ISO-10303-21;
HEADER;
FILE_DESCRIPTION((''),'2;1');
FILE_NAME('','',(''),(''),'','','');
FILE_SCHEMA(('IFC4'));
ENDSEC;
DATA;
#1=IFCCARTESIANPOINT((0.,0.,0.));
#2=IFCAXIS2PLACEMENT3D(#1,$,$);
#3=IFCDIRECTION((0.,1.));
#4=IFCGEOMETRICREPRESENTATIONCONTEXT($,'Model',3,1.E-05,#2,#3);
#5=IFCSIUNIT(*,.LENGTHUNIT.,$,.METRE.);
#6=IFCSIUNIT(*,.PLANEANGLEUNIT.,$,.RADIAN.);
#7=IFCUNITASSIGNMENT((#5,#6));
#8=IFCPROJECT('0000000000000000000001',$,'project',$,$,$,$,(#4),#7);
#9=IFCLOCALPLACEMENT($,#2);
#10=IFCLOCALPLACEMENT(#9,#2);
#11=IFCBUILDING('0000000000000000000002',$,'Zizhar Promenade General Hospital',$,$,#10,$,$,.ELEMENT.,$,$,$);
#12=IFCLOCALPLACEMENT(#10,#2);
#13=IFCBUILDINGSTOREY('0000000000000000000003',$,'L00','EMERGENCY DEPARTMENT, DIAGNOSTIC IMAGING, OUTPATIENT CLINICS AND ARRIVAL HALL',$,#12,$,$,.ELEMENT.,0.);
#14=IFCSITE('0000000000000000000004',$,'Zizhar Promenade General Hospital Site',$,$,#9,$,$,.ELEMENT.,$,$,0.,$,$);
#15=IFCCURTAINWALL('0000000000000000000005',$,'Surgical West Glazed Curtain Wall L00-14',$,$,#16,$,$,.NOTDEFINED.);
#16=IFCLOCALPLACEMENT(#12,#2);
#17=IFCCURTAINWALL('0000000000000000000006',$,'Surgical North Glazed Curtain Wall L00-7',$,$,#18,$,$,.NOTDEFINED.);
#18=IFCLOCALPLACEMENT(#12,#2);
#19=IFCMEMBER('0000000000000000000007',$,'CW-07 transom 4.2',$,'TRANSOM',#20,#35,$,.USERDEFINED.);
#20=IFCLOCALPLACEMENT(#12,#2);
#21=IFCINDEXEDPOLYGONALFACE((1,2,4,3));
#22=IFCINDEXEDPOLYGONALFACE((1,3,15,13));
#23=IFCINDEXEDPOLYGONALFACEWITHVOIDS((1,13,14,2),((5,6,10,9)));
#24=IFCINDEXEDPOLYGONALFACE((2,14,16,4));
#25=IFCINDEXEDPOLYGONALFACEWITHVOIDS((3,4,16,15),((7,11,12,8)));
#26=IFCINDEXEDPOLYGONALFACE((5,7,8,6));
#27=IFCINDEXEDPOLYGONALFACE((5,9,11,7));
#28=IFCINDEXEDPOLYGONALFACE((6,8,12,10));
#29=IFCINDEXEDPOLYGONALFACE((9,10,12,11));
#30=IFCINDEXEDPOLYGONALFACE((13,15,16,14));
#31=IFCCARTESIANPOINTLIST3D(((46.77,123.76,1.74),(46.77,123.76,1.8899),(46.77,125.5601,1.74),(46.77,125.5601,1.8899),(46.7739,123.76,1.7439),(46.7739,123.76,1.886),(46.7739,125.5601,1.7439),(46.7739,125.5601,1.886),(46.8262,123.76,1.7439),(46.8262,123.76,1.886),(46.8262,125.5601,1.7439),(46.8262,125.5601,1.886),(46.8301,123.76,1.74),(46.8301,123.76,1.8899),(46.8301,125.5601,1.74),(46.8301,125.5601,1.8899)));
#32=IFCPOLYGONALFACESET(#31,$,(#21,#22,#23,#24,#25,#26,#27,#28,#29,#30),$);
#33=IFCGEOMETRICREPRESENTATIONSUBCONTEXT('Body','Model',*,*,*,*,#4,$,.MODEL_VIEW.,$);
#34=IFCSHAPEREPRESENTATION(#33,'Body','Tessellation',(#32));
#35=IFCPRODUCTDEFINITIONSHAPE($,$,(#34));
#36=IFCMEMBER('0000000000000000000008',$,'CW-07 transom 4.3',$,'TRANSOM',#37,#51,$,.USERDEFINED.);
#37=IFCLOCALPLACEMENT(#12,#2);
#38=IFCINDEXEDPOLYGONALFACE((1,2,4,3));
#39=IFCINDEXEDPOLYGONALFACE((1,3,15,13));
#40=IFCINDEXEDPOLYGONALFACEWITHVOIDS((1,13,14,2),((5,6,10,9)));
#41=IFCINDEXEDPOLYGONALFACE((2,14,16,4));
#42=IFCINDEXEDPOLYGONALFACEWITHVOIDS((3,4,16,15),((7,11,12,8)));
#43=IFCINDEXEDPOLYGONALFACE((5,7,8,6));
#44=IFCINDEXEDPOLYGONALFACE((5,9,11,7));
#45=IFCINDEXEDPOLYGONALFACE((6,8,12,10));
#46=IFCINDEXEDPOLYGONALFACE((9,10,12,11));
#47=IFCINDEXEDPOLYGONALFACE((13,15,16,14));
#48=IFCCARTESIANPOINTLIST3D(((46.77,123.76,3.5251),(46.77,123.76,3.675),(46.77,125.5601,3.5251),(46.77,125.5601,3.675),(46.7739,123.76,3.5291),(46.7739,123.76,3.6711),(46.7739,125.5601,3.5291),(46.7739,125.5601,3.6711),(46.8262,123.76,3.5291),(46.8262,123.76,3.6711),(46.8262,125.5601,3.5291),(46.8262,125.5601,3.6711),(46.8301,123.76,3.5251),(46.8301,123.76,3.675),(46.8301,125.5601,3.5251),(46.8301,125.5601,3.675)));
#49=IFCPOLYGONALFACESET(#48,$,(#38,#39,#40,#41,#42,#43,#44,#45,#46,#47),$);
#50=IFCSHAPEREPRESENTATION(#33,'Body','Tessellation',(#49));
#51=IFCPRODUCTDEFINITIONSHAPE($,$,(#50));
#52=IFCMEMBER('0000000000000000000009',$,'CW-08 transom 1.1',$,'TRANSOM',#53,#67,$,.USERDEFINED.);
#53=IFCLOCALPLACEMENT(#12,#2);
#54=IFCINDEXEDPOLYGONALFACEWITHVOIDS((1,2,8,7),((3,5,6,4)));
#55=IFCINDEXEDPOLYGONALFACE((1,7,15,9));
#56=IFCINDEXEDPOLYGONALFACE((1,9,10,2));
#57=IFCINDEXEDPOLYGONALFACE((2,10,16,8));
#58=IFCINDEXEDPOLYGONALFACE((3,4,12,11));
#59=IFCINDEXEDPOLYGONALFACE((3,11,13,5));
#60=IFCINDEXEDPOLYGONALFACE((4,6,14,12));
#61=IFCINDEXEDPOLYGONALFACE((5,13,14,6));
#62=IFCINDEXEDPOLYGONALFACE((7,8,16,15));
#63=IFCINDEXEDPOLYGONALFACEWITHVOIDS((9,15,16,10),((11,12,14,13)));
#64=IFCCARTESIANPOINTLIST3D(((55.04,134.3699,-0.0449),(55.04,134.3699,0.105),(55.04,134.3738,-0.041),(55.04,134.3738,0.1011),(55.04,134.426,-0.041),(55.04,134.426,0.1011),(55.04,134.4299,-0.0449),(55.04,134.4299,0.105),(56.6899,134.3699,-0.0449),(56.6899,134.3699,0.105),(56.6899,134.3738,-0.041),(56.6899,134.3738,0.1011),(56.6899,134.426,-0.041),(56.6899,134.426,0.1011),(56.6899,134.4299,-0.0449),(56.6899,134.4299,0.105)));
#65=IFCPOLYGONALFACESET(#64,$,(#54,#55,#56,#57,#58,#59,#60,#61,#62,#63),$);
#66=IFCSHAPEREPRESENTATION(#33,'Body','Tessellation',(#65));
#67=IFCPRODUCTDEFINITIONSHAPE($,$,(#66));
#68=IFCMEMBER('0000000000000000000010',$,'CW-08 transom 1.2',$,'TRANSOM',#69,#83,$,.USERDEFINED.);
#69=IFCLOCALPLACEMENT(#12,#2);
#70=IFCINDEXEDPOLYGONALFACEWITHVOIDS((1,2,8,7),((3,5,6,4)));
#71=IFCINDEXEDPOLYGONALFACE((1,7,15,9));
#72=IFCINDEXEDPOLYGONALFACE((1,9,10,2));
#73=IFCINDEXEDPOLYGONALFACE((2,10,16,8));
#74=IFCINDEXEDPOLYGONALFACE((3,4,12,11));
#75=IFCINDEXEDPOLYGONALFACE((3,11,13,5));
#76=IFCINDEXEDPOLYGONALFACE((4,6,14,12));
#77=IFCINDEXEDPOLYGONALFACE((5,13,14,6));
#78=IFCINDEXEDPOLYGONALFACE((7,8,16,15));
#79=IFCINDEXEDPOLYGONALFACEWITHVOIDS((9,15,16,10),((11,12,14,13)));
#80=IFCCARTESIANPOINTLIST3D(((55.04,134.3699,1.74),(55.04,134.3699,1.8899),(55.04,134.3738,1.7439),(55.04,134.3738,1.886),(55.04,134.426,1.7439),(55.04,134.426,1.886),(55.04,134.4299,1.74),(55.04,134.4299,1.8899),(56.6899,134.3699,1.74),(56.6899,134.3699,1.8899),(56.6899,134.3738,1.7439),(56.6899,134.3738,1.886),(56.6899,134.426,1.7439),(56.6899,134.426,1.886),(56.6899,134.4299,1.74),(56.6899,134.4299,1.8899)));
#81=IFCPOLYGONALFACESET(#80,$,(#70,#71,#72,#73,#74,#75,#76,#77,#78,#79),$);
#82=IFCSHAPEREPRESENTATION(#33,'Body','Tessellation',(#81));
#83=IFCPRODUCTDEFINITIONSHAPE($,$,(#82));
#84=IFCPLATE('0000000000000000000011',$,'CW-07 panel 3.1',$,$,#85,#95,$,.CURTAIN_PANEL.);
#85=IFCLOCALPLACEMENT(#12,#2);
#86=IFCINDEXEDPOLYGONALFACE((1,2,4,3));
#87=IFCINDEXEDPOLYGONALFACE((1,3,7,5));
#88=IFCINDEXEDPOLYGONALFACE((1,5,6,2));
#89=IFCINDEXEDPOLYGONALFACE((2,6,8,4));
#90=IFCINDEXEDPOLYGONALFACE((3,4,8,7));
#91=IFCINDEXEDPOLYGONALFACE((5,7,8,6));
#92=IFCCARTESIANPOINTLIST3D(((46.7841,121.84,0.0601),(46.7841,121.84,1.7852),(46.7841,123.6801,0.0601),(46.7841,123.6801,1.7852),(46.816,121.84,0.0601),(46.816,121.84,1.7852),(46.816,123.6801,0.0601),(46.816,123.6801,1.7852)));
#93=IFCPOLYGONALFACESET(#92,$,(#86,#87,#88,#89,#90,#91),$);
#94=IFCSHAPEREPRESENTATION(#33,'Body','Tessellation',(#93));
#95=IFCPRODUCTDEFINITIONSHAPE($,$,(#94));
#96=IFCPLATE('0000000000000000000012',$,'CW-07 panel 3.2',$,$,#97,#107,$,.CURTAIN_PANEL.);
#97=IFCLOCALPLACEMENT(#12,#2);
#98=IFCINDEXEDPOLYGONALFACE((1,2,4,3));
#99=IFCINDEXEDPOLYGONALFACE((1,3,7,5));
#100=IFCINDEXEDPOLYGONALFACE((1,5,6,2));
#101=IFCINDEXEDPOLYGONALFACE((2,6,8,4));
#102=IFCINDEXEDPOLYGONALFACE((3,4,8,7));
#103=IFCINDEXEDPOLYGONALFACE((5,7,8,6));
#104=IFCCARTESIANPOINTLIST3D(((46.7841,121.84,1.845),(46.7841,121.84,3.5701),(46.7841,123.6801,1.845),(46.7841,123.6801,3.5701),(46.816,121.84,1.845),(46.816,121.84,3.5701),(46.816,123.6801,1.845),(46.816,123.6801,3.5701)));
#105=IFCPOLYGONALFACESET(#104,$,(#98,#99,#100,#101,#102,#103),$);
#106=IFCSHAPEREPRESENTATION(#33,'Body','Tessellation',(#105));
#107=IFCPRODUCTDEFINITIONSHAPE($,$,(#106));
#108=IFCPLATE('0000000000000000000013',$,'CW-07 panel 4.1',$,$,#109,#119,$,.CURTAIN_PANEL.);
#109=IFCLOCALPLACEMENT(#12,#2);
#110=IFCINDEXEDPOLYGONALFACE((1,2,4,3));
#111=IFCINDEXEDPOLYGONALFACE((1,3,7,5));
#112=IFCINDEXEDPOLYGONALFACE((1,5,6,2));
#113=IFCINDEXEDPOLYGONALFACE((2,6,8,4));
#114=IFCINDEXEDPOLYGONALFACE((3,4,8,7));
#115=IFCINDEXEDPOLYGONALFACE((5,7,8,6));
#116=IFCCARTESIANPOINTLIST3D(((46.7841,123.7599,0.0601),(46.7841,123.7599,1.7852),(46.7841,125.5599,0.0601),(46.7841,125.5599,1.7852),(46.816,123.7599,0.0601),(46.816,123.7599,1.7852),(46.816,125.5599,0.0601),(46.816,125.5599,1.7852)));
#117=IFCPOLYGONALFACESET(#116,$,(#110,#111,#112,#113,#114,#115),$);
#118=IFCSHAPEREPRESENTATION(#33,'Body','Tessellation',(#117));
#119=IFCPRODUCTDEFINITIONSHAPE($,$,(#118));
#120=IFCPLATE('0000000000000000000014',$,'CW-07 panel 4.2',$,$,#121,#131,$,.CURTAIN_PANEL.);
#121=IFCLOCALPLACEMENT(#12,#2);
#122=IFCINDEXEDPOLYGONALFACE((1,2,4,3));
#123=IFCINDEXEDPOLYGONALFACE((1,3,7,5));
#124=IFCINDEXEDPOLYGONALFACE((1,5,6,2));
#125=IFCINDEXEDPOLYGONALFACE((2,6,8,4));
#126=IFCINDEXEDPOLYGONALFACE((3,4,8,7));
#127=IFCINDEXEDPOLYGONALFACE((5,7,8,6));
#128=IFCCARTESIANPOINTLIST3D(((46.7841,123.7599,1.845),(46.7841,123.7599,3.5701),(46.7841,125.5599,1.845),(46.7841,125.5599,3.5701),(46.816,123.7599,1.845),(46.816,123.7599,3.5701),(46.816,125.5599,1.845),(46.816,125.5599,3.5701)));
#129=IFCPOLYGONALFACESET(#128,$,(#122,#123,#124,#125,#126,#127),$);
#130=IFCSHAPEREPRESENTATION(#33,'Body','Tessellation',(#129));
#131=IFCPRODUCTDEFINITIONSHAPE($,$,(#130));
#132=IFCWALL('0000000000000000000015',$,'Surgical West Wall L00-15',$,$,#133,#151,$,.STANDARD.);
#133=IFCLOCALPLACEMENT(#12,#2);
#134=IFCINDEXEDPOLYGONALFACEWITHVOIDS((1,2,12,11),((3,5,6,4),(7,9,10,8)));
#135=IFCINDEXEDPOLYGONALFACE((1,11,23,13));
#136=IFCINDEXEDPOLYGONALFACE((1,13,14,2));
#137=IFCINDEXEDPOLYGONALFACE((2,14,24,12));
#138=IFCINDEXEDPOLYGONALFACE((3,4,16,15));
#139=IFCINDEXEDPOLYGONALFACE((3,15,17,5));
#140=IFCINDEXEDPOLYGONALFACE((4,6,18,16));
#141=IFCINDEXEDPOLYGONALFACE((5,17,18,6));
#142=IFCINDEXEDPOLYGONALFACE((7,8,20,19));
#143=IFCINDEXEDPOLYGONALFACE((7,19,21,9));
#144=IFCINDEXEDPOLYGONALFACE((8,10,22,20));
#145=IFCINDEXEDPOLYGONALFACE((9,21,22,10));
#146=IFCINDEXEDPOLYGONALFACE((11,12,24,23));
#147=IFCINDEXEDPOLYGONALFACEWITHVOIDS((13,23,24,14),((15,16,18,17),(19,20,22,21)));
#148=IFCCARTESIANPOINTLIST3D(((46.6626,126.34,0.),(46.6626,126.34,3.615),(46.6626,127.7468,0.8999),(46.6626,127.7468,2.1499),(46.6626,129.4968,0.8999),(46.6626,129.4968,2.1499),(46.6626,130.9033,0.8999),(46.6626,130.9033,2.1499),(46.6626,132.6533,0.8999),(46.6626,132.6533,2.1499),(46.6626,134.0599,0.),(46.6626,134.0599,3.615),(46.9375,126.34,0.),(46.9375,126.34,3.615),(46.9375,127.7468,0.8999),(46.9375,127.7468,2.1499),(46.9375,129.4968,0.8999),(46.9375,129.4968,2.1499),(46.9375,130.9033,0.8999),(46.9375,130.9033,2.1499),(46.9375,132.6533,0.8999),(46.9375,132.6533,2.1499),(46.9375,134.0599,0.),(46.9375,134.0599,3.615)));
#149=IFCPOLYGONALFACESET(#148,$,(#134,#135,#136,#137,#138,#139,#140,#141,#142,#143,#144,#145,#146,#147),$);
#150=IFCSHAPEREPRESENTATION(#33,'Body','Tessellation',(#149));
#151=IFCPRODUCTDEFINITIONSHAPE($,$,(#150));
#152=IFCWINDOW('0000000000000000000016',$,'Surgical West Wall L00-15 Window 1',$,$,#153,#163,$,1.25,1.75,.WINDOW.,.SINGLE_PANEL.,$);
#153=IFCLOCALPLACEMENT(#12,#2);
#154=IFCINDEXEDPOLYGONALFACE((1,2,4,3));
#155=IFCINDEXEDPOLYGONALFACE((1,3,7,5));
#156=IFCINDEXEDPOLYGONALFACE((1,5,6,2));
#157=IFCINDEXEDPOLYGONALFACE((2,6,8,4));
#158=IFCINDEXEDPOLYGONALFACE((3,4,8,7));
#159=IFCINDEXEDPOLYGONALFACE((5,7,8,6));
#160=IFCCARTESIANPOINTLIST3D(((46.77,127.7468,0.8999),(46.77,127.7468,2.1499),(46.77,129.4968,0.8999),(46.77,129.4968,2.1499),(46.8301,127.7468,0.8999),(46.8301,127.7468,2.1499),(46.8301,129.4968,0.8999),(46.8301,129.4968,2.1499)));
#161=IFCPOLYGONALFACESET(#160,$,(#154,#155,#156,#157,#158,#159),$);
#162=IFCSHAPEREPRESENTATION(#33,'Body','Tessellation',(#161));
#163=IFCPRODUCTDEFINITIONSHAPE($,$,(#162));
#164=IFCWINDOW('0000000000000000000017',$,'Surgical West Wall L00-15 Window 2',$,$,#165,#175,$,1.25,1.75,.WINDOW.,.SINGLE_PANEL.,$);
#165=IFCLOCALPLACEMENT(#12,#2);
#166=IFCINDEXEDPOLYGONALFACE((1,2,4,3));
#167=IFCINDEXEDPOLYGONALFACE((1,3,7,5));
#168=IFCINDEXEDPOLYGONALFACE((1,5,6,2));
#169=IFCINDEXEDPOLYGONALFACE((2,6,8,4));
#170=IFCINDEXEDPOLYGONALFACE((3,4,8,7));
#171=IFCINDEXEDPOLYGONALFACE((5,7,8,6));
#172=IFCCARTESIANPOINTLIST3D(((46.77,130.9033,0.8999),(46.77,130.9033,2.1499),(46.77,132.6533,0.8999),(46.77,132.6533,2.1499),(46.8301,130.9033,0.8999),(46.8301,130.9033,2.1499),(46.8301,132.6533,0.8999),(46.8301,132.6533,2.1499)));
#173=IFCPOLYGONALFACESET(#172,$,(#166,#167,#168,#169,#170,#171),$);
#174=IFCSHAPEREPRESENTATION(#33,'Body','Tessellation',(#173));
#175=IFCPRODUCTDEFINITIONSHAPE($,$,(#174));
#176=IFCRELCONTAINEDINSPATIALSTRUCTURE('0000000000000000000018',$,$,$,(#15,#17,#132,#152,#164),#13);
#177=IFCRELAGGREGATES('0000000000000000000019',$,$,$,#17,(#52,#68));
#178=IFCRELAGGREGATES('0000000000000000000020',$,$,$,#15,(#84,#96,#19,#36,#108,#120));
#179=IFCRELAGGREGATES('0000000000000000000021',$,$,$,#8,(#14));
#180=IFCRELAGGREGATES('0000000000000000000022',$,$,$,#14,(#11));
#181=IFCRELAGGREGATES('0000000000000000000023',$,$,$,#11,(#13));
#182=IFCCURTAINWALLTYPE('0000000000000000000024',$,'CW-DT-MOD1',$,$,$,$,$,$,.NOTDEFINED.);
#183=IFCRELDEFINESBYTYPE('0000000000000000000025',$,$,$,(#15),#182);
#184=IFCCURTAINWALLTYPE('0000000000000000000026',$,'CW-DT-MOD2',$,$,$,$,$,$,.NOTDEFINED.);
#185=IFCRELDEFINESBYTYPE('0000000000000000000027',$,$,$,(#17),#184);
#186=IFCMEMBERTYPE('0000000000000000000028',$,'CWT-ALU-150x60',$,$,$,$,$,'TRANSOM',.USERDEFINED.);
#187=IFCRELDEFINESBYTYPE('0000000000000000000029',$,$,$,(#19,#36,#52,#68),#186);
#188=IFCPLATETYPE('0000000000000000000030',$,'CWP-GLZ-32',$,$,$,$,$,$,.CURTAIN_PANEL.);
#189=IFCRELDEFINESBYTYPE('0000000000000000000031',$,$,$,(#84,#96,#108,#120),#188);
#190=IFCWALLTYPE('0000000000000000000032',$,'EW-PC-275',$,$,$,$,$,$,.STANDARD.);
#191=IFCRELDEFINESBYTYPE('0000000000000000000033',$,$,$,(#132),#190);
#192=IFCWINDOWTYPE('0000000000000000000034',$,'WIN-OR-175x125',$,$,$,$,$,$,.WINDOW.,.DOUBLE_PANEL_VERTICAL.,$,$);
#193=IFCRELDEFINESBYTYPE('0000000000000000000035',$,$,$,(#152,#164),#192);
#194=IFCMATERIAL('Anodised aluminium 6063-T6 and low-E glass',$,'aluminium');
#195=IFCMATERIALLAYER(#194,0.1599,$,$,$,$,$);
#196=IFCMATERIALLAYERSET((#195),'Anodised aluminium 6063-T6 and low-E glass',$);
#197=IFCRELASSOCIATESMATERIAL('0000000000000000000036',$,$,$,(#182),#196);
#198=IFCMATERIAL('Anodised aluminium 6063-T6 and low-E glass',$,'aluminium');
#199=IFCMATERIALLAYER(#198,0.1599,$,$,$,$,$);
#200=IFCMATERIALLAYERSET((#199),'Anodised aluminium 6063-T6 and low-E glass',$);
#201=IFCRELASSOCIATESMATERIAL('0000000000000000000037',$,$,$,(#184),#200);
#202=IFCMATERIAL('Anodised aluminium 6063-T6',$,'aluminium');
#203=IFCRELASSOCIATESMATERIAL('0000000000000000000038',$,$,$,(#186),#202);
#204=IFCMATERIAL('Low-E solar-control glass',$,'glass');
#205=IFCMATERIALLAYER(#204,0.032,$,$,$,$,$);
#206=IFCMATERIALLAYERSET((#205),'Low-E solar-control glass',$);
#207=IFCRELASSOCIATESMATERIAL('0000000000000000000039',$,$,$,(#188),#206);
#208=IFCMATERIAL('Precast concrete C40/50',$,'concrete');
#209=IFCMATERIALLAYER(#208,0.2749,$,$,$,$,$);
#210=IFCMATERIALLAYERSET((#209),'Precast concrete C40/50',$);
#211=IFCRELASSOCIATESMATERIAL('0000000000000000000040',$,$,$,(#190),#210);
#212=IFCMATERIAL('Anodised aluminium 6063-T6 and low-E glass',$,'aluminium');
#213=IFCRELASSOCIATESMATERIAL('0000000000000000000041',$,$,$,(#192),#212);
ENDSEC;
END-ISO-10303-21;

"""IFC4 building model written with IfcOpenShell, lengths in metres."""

from ifc_helpers import new_model, si_unit, direction, frame, frame_2d, origin, origin_2d, place, context, subcontext, project, spatial, rectangle, hollow_rectangle, extrude, material, layer, layer_set, material_profile, profile_set, type_object, element, fill, aggregate, save


model = new_model("IFC4")

# Units and contexts
model_context = context("Model", 3, precision=1e-05, world=origin(), true_north=direction((0.0, 1.0)))
body_context = subcontext(model_context, "Body", "Model", "MODEL_VIEW")
ifc_project = project(units=[si_unit("LENGTHUNIT", "METRE"), si_unit("PLANEANGLEUNIT", "RADIAN")], contexts=[model_context])

# Site, building, storey
site_placement = place(None, origin())
site = spatial("IfcSite", under=ifc_project, at=site_placement, Name="Zizhar Promenade General Hospital Site", CompositionType="ELEMENT", RefElevation=0.0)
building_placement = place(site_placement, origin())
building = spatial("IfcBuilding", under=site, at=building_placement, Name="Zizhar Promenade General Hospital", CompositionType="ELEMENT")
storey_placement = place(building_placement, origin())
storey = spatial("IfcBuildingStorey", under=building, at=storey_placement, Name="L00", Description="EMERGENCY DEPARTMENT, DIAGNOSTIC IMAGING, OUTPATIENT CLINICS AND ARRIVAL HALL", CompositionType="ELEMENT", Elevation=0.0)

# Curtain wall
ifc_material_1 = material(Name="Anodised aluminium 6063-T6 and low-E glass", Category="aluminium")
ifc_layer_1 = layer(ifc_material_1, 0.1599)
ifc_layer_set_1 = layer_set([ifc_layer_1], Name="Anodised aluminium 6063-T6 and low-E glass")
curtain_wall_type_1 = type_object("IfcCurtainWallType", Name="CW-DT-MOD1", PredefinedType="NOTDEFINED", material=ifc_layer_set_1)
curtain_wall_1_placement = place(storey_placement, origin())
curtain_wall_1 = element("IfcCurtainWall", 1, at=curtain_wall_1_placement, inside=storey, type_object=curtain_wall_type_1, Name="Surgical West Glazed Curtain Wall L00-14", PredefinedType="NOTDEFINED")

# Curtain wall
ifc_material_2 = material(Name="Anodised aluminium 6063-T6 and low-E glass", Category="aluminium")
ifc_layer_2 = layer(ifc_material_2, 0.1599)
ifc_layer_set_2 = layer_set([ifc_layer_2], Name="Anodised aluminium 6063-T6 and low-E glass")
curtain_wall_type_2 = type_object("IfcCurtainWallType", Name="CW-DT-MOD2", PredefinedType="NOTDEFINED", material=ifc_layer_set_2)
curtain_wall_2_placement = place(storey_placement, origin())
curtain_wall_2 = element("IfcCurtainWall", 2, at=curtain_wall_2_placement, inside=storey, type_object=curtain_wall_type_2, Name="Surgical North Glazed Curtain Wall L00-7", PredefinedType="NOTDEFINED")

# Members
ifc_material_3 = material(Name="Anodised aluminium 6063-T6", Category="aluminium")
ifc_material_profile_1 = material_profile(ifc_material_3, hollow_rectangle(XDim=0.0601, YDim=0.1499, WallThickness=0.0039, at=origin_2d()))
ifc_profile_set_1 = profile_set([ifc_material_profile_1], Name="Anodised aluminium 6063-T6")
member_type_1 = type_object("IfcMemberType", Name="CWT-ALU-150x60", ElementType="TRANSOM", PredefinedType="USERDEFINED", material=ifc_profile_set_1)
member_1_placement = place(storey_placement, frame((46.8, 123.76, 1.8149), z_axis=(0.0, 1.0, 0.0), x_axis=(-1.0, 0.0, 0.0)))
member_1 = element("IfcMember", 3, at=member_1_placement, type_object=member_type_1, Name="CW-07 transom 4.2", ObjectType="TRANSOM", PredefinedType="USERDEFINED", context=body_context, shape_type="SweptSolid", body=[
    extrude(hollow_rectangle(XDim=0.0601, YDim=0.1499, WallThickness=0.0039, at=origin_2d()), origin(), (0.0, 0.0, 1.0), 1.8),
])
member_2_placement = place(storey_placement, frame((46.8, 123.76, 3.6001), z_axis=(0.0, 1.0, 0.0), x_axis=(-1.0, 0.0, 0.0)))
member_2 = element("IfcMember", 4, at=member_2_placement, type_object=member_type_1, Name="CW-07 transom 4.3", ObjectType="TRANSOM", PredefinedType="USERDEFINED", context=body_context, shape_type="SweptSolid", body=[
    extrude(hollow_rectangle(XDim=0.0601, YDim=0.1499, WallThickness=0.0039, at=origin_2d()), origin(), (0.0, 0.0, 1.0), 1.8),
])
member_3_placement = place(storey_placement, frame((55.04, 134.3999, 0.03), z_axis=(1.0, 0.0, 0.0), x_axis=(0.0, 1.0, 0.0)))
member_3 = element("IfcMember", 5, at=member_3_placement, type_object=member_type_1, Name="CW-08 transom 1.1", ObjectType="TRANSOM", PredefinedType="USERDEFINED", context=body_context, shape_type="SweptSolid", body=[
    extrude(hollow_rectangle(XDim=0.0601, YDim=0.1499, WallThickness=0.0039, at=origin_2d()), origin(), (0.0, 0.0, 1.0), 1.6499),
])
member_4_placement = place(storey_placement, frame((55.04, 134.3999, 1.8149), z_axis=(1.0, 0.0, 0.0), x_axis=(0.0, 1.0, 0.0)))
member_4 = element("IfcMember", 6, at=member_4_placement, type_object=member_type_1, Name="CW-08 transom 1.2", ObjectType="TRANSOM", PredefinedType="USERDEFINED", context=body_context, shape_type="SweptSolid", body=[
    extrude(hollow_rectangle(XDim=0.0601, YDim=0.1499, WallThickness=0.0039, at=origin_2d()), origin(), (0.0, 0.0, 1.0), 1.6499),
])
aggregate(curtain_wall_2, [member_3, member_4])

# Plates
ifc_material_4 = material(Name="Low-E solar-control glass", Category="glass")
ifc_layer_3 = layer(ifc_material_4, 0.032)
ifc_layer_set_3 = layer_set([ifc_layer_3], Name="Low-E solar-control glass")
plate_type = type_object("IfcPlateType", Name="CWP-GLZ-32", PredefinedType="CURTAIN_PANEL", material=ifc_layer_set_3)
plate_1_placement = place(storey_placement, frame((46.8, 122.76, 0.0601), z_axis=(0.0, 0.0, 1.0), x_axis=(0.0, 1.0, 0.0)))
plate_1 = element("IfcPlate", 7, at=plate_1_placement, type_object=plate_type, Name="CW-07 panel 3.1", PredefinedType="CURTAIN_PANEL", context=body_context, shape_type="SweptSolid", body=[
    extrude(rectangle(XDim=1.8401, YDim=0.032, at=origin_2d()), origin(), (0.0, 0.0, 1.0), 1.7251),
])
plate_2_placement = place(storey_placement, frame((46.8, 122.76, 1.845), z_axis=(0.0, 0.0, 1.0), x_axis=(0.0, 1.0, 0.0)))
plate_2 = element("IfcPlate", 8, at=plate_2_placement, type_object=plate_type, Name="CW-07 panel 3.2", PredefinedType="CURTAIN_PANEL", context=body_context, shape_type="SweptSolid", body=[
    extrude(rectangle(XDim=1.8401, YDim=0.032, at=origin_2d()), origin(), (0.0, 0.0, 1.0), 1.7251),
])
plate_3_placement = place(storey_placement, frame((46.8, 124.6599, 0.0601), z_axis=(0.0, 0.0, 1.0), x_axis=(0.0, 1.0, 0.0)))
plate_3 = element("IfcPlate", 9, at=plate_3_placement, type_object=plate_type, Name="CW-07 panel 4.1", PredefinedType="CURTAIN_PANEL", context=body_context, shape_type="SweptSolid", body=[
    extrude(rectangle(XDim=1.8, YDim=0.032, at=origin_2d()), origin(), (0.0, 0.0, 1.0), 1.7251),
])
plate_4_placement = place(storey_placement, frame((46.8, 124.6599, 1.845), z_axis=(0.0, 0.0, 1.0), x_axis=(0.0, 1.0, 0.0)))
plate_4 = element("IfcPlate", 10, at=plate_4_placement, type_object=plate_type, Name="CW-07 panel 4.2", PredefinedType="CURTAIN_PANEL", context=body_context, shape_type="SweptSolid", body=[
    extrude(rectangle(XDim=1.8, YDim=0.032, at=origin_2d()), origin(), (0.0, 0.0, 1.0), 1.7251),
])
aggregate(curtain_wall_1, [plate_1, plate_2, member_1, member_2, plate_3, plate_4])

# Wall, openings, windows
ifc_material_5 = material(Name="Precast concrete C40/50", Category="concrete")
ifc_layer_4 = layer(ifc_material_5, 0.2749)
ifc_layer_set_4 = layer_set([ifc_layer_4], Name="Precast concrete C40/50")
wall_type = type_object("IfcWallType", Name="EW-PC-275", PredefinedType="STANDARD", material=ifc_layer_set_4)
wall_1_placement = place(storey_placement, frame((46.8, 126.3401, 0.0), z_axis=(0.0, 0.0, 1.0), x_axis=(0.0, 1.0, 0.0)))
wall_1 = element("IfcWall", 11, at=wall_1_placement, inside=storey, type_object=wall_type, Name="Surgical West Wall L00-15", PredefinedType="STANDARD", context=body_context, shape_type="SweptSolid", body=[
    extrude(rectangle(XDim=7.72, YDim=0.2749, at=frame_2d((3.8599, 0.0))), origin(), (0.0, 0.0, 1.0), 3.615),
])
opening_1_placement = place(wall_1_placement, frame((1.4067, 0.0, 0.8999)))
opening_1 = element("IfcOpeningElement", 12, at=opening_1_placement, cuts=wall_1, PredefinedType="OPENING", context=body_context, shape_type="SweptSolid", body=[
    extrude(rectangle(XDim=1.75, YDim=1.25, at=frame_2d((0.875, 0.625))), frame((0.0, 0.1475, 0.0), z_axis=(0.0, -1.0, 0.0), x_axis=(1.0, 0.0, 0.0)), (0.0, 0.0, 1.0), 0.2949),
])
opening_2_placement = place(wall_1_placement, frame((4.5632, 0.0, 0.8999)))
opening_2 = element("IfcOpeningElement", 13, at=opening_2_placement, cuts=wall_1, PredefinedType="OPENING", context=body_context, shape_type="SweptSolid", body=[
    extrude(rectangle(XDim=1.75, YDim=1.25, at=frame_2d((0.875, 0.625))), frame((0.0, 0.1475, 0.0), z_axis=(0.0, -1.0, 0.0), x_axis=(1.0, 0.0, 0.0)), (0.0, 0.0, 1.0), 0.2949),
])
ifc_material_6 = material(Name="Anodised aluminium 6063-T6 and low-E glass", Category="aluminium")
window_type = type_object("IfcWindowType", Name="WIN-OR-175x125", PartitioningType="DOUBLE_PANEL_VERTICAL", PredefinedType="WINDOW", material=ifc_material_6)
window_1_placement = place(opening_1_placement, origin())
window_1 = element("IfcWindow", 14, at=window_1_placement, inside=storey, type_object=window_type, Name="Surgical West Wall L00-15 Window 1", OverallHeight=1.25, OverallWidth=1.75, PartitioningType="SINGLE_PANEL", PredefinedType="WINDOW", context=body_context, shape_type="SweptSolid", body=[
    extrude(rectangle(XDim=1.75, YDim=1.25, at=frame_2d((0.875, 0.625))), frame((0.0, 0.03, 0.0), z_axis=(0.0, -1.0, 0.0), x_axis=(1.0, 0.0, 0.0)), (0.0, 0.0, 1.0), 0.0601),
])
fill(opening_1, window_1)
window_2_placement = place(opening_2_placement, origin())
window_2 = element("IfcWindow", 15, at=window_2_placement, inside=storey, type_object=window_type, Name="Surgical West Wall L00-15 Window 2", OverallHeight=1.25, OverallWidth=1.75, PartitioningType="SINGLE_PANEL", PredefinedType="WINDOW", context=body_context, shape_type="SweptSolid", body=[
    extrude(rectangle(XDim=1.75, YDim=1.25, at=frame_2d((0.875, 0.625))), frame((0.0, 0.03, 0.0), z_axis=(0.0, -1.0, 0.0), x_axis=(1.0, 0.0, 0.0)), (0.0, 0.0, 1.0), 0.0601),
])
fill(opening_2, window_2)

save(model, "model.ifc")
